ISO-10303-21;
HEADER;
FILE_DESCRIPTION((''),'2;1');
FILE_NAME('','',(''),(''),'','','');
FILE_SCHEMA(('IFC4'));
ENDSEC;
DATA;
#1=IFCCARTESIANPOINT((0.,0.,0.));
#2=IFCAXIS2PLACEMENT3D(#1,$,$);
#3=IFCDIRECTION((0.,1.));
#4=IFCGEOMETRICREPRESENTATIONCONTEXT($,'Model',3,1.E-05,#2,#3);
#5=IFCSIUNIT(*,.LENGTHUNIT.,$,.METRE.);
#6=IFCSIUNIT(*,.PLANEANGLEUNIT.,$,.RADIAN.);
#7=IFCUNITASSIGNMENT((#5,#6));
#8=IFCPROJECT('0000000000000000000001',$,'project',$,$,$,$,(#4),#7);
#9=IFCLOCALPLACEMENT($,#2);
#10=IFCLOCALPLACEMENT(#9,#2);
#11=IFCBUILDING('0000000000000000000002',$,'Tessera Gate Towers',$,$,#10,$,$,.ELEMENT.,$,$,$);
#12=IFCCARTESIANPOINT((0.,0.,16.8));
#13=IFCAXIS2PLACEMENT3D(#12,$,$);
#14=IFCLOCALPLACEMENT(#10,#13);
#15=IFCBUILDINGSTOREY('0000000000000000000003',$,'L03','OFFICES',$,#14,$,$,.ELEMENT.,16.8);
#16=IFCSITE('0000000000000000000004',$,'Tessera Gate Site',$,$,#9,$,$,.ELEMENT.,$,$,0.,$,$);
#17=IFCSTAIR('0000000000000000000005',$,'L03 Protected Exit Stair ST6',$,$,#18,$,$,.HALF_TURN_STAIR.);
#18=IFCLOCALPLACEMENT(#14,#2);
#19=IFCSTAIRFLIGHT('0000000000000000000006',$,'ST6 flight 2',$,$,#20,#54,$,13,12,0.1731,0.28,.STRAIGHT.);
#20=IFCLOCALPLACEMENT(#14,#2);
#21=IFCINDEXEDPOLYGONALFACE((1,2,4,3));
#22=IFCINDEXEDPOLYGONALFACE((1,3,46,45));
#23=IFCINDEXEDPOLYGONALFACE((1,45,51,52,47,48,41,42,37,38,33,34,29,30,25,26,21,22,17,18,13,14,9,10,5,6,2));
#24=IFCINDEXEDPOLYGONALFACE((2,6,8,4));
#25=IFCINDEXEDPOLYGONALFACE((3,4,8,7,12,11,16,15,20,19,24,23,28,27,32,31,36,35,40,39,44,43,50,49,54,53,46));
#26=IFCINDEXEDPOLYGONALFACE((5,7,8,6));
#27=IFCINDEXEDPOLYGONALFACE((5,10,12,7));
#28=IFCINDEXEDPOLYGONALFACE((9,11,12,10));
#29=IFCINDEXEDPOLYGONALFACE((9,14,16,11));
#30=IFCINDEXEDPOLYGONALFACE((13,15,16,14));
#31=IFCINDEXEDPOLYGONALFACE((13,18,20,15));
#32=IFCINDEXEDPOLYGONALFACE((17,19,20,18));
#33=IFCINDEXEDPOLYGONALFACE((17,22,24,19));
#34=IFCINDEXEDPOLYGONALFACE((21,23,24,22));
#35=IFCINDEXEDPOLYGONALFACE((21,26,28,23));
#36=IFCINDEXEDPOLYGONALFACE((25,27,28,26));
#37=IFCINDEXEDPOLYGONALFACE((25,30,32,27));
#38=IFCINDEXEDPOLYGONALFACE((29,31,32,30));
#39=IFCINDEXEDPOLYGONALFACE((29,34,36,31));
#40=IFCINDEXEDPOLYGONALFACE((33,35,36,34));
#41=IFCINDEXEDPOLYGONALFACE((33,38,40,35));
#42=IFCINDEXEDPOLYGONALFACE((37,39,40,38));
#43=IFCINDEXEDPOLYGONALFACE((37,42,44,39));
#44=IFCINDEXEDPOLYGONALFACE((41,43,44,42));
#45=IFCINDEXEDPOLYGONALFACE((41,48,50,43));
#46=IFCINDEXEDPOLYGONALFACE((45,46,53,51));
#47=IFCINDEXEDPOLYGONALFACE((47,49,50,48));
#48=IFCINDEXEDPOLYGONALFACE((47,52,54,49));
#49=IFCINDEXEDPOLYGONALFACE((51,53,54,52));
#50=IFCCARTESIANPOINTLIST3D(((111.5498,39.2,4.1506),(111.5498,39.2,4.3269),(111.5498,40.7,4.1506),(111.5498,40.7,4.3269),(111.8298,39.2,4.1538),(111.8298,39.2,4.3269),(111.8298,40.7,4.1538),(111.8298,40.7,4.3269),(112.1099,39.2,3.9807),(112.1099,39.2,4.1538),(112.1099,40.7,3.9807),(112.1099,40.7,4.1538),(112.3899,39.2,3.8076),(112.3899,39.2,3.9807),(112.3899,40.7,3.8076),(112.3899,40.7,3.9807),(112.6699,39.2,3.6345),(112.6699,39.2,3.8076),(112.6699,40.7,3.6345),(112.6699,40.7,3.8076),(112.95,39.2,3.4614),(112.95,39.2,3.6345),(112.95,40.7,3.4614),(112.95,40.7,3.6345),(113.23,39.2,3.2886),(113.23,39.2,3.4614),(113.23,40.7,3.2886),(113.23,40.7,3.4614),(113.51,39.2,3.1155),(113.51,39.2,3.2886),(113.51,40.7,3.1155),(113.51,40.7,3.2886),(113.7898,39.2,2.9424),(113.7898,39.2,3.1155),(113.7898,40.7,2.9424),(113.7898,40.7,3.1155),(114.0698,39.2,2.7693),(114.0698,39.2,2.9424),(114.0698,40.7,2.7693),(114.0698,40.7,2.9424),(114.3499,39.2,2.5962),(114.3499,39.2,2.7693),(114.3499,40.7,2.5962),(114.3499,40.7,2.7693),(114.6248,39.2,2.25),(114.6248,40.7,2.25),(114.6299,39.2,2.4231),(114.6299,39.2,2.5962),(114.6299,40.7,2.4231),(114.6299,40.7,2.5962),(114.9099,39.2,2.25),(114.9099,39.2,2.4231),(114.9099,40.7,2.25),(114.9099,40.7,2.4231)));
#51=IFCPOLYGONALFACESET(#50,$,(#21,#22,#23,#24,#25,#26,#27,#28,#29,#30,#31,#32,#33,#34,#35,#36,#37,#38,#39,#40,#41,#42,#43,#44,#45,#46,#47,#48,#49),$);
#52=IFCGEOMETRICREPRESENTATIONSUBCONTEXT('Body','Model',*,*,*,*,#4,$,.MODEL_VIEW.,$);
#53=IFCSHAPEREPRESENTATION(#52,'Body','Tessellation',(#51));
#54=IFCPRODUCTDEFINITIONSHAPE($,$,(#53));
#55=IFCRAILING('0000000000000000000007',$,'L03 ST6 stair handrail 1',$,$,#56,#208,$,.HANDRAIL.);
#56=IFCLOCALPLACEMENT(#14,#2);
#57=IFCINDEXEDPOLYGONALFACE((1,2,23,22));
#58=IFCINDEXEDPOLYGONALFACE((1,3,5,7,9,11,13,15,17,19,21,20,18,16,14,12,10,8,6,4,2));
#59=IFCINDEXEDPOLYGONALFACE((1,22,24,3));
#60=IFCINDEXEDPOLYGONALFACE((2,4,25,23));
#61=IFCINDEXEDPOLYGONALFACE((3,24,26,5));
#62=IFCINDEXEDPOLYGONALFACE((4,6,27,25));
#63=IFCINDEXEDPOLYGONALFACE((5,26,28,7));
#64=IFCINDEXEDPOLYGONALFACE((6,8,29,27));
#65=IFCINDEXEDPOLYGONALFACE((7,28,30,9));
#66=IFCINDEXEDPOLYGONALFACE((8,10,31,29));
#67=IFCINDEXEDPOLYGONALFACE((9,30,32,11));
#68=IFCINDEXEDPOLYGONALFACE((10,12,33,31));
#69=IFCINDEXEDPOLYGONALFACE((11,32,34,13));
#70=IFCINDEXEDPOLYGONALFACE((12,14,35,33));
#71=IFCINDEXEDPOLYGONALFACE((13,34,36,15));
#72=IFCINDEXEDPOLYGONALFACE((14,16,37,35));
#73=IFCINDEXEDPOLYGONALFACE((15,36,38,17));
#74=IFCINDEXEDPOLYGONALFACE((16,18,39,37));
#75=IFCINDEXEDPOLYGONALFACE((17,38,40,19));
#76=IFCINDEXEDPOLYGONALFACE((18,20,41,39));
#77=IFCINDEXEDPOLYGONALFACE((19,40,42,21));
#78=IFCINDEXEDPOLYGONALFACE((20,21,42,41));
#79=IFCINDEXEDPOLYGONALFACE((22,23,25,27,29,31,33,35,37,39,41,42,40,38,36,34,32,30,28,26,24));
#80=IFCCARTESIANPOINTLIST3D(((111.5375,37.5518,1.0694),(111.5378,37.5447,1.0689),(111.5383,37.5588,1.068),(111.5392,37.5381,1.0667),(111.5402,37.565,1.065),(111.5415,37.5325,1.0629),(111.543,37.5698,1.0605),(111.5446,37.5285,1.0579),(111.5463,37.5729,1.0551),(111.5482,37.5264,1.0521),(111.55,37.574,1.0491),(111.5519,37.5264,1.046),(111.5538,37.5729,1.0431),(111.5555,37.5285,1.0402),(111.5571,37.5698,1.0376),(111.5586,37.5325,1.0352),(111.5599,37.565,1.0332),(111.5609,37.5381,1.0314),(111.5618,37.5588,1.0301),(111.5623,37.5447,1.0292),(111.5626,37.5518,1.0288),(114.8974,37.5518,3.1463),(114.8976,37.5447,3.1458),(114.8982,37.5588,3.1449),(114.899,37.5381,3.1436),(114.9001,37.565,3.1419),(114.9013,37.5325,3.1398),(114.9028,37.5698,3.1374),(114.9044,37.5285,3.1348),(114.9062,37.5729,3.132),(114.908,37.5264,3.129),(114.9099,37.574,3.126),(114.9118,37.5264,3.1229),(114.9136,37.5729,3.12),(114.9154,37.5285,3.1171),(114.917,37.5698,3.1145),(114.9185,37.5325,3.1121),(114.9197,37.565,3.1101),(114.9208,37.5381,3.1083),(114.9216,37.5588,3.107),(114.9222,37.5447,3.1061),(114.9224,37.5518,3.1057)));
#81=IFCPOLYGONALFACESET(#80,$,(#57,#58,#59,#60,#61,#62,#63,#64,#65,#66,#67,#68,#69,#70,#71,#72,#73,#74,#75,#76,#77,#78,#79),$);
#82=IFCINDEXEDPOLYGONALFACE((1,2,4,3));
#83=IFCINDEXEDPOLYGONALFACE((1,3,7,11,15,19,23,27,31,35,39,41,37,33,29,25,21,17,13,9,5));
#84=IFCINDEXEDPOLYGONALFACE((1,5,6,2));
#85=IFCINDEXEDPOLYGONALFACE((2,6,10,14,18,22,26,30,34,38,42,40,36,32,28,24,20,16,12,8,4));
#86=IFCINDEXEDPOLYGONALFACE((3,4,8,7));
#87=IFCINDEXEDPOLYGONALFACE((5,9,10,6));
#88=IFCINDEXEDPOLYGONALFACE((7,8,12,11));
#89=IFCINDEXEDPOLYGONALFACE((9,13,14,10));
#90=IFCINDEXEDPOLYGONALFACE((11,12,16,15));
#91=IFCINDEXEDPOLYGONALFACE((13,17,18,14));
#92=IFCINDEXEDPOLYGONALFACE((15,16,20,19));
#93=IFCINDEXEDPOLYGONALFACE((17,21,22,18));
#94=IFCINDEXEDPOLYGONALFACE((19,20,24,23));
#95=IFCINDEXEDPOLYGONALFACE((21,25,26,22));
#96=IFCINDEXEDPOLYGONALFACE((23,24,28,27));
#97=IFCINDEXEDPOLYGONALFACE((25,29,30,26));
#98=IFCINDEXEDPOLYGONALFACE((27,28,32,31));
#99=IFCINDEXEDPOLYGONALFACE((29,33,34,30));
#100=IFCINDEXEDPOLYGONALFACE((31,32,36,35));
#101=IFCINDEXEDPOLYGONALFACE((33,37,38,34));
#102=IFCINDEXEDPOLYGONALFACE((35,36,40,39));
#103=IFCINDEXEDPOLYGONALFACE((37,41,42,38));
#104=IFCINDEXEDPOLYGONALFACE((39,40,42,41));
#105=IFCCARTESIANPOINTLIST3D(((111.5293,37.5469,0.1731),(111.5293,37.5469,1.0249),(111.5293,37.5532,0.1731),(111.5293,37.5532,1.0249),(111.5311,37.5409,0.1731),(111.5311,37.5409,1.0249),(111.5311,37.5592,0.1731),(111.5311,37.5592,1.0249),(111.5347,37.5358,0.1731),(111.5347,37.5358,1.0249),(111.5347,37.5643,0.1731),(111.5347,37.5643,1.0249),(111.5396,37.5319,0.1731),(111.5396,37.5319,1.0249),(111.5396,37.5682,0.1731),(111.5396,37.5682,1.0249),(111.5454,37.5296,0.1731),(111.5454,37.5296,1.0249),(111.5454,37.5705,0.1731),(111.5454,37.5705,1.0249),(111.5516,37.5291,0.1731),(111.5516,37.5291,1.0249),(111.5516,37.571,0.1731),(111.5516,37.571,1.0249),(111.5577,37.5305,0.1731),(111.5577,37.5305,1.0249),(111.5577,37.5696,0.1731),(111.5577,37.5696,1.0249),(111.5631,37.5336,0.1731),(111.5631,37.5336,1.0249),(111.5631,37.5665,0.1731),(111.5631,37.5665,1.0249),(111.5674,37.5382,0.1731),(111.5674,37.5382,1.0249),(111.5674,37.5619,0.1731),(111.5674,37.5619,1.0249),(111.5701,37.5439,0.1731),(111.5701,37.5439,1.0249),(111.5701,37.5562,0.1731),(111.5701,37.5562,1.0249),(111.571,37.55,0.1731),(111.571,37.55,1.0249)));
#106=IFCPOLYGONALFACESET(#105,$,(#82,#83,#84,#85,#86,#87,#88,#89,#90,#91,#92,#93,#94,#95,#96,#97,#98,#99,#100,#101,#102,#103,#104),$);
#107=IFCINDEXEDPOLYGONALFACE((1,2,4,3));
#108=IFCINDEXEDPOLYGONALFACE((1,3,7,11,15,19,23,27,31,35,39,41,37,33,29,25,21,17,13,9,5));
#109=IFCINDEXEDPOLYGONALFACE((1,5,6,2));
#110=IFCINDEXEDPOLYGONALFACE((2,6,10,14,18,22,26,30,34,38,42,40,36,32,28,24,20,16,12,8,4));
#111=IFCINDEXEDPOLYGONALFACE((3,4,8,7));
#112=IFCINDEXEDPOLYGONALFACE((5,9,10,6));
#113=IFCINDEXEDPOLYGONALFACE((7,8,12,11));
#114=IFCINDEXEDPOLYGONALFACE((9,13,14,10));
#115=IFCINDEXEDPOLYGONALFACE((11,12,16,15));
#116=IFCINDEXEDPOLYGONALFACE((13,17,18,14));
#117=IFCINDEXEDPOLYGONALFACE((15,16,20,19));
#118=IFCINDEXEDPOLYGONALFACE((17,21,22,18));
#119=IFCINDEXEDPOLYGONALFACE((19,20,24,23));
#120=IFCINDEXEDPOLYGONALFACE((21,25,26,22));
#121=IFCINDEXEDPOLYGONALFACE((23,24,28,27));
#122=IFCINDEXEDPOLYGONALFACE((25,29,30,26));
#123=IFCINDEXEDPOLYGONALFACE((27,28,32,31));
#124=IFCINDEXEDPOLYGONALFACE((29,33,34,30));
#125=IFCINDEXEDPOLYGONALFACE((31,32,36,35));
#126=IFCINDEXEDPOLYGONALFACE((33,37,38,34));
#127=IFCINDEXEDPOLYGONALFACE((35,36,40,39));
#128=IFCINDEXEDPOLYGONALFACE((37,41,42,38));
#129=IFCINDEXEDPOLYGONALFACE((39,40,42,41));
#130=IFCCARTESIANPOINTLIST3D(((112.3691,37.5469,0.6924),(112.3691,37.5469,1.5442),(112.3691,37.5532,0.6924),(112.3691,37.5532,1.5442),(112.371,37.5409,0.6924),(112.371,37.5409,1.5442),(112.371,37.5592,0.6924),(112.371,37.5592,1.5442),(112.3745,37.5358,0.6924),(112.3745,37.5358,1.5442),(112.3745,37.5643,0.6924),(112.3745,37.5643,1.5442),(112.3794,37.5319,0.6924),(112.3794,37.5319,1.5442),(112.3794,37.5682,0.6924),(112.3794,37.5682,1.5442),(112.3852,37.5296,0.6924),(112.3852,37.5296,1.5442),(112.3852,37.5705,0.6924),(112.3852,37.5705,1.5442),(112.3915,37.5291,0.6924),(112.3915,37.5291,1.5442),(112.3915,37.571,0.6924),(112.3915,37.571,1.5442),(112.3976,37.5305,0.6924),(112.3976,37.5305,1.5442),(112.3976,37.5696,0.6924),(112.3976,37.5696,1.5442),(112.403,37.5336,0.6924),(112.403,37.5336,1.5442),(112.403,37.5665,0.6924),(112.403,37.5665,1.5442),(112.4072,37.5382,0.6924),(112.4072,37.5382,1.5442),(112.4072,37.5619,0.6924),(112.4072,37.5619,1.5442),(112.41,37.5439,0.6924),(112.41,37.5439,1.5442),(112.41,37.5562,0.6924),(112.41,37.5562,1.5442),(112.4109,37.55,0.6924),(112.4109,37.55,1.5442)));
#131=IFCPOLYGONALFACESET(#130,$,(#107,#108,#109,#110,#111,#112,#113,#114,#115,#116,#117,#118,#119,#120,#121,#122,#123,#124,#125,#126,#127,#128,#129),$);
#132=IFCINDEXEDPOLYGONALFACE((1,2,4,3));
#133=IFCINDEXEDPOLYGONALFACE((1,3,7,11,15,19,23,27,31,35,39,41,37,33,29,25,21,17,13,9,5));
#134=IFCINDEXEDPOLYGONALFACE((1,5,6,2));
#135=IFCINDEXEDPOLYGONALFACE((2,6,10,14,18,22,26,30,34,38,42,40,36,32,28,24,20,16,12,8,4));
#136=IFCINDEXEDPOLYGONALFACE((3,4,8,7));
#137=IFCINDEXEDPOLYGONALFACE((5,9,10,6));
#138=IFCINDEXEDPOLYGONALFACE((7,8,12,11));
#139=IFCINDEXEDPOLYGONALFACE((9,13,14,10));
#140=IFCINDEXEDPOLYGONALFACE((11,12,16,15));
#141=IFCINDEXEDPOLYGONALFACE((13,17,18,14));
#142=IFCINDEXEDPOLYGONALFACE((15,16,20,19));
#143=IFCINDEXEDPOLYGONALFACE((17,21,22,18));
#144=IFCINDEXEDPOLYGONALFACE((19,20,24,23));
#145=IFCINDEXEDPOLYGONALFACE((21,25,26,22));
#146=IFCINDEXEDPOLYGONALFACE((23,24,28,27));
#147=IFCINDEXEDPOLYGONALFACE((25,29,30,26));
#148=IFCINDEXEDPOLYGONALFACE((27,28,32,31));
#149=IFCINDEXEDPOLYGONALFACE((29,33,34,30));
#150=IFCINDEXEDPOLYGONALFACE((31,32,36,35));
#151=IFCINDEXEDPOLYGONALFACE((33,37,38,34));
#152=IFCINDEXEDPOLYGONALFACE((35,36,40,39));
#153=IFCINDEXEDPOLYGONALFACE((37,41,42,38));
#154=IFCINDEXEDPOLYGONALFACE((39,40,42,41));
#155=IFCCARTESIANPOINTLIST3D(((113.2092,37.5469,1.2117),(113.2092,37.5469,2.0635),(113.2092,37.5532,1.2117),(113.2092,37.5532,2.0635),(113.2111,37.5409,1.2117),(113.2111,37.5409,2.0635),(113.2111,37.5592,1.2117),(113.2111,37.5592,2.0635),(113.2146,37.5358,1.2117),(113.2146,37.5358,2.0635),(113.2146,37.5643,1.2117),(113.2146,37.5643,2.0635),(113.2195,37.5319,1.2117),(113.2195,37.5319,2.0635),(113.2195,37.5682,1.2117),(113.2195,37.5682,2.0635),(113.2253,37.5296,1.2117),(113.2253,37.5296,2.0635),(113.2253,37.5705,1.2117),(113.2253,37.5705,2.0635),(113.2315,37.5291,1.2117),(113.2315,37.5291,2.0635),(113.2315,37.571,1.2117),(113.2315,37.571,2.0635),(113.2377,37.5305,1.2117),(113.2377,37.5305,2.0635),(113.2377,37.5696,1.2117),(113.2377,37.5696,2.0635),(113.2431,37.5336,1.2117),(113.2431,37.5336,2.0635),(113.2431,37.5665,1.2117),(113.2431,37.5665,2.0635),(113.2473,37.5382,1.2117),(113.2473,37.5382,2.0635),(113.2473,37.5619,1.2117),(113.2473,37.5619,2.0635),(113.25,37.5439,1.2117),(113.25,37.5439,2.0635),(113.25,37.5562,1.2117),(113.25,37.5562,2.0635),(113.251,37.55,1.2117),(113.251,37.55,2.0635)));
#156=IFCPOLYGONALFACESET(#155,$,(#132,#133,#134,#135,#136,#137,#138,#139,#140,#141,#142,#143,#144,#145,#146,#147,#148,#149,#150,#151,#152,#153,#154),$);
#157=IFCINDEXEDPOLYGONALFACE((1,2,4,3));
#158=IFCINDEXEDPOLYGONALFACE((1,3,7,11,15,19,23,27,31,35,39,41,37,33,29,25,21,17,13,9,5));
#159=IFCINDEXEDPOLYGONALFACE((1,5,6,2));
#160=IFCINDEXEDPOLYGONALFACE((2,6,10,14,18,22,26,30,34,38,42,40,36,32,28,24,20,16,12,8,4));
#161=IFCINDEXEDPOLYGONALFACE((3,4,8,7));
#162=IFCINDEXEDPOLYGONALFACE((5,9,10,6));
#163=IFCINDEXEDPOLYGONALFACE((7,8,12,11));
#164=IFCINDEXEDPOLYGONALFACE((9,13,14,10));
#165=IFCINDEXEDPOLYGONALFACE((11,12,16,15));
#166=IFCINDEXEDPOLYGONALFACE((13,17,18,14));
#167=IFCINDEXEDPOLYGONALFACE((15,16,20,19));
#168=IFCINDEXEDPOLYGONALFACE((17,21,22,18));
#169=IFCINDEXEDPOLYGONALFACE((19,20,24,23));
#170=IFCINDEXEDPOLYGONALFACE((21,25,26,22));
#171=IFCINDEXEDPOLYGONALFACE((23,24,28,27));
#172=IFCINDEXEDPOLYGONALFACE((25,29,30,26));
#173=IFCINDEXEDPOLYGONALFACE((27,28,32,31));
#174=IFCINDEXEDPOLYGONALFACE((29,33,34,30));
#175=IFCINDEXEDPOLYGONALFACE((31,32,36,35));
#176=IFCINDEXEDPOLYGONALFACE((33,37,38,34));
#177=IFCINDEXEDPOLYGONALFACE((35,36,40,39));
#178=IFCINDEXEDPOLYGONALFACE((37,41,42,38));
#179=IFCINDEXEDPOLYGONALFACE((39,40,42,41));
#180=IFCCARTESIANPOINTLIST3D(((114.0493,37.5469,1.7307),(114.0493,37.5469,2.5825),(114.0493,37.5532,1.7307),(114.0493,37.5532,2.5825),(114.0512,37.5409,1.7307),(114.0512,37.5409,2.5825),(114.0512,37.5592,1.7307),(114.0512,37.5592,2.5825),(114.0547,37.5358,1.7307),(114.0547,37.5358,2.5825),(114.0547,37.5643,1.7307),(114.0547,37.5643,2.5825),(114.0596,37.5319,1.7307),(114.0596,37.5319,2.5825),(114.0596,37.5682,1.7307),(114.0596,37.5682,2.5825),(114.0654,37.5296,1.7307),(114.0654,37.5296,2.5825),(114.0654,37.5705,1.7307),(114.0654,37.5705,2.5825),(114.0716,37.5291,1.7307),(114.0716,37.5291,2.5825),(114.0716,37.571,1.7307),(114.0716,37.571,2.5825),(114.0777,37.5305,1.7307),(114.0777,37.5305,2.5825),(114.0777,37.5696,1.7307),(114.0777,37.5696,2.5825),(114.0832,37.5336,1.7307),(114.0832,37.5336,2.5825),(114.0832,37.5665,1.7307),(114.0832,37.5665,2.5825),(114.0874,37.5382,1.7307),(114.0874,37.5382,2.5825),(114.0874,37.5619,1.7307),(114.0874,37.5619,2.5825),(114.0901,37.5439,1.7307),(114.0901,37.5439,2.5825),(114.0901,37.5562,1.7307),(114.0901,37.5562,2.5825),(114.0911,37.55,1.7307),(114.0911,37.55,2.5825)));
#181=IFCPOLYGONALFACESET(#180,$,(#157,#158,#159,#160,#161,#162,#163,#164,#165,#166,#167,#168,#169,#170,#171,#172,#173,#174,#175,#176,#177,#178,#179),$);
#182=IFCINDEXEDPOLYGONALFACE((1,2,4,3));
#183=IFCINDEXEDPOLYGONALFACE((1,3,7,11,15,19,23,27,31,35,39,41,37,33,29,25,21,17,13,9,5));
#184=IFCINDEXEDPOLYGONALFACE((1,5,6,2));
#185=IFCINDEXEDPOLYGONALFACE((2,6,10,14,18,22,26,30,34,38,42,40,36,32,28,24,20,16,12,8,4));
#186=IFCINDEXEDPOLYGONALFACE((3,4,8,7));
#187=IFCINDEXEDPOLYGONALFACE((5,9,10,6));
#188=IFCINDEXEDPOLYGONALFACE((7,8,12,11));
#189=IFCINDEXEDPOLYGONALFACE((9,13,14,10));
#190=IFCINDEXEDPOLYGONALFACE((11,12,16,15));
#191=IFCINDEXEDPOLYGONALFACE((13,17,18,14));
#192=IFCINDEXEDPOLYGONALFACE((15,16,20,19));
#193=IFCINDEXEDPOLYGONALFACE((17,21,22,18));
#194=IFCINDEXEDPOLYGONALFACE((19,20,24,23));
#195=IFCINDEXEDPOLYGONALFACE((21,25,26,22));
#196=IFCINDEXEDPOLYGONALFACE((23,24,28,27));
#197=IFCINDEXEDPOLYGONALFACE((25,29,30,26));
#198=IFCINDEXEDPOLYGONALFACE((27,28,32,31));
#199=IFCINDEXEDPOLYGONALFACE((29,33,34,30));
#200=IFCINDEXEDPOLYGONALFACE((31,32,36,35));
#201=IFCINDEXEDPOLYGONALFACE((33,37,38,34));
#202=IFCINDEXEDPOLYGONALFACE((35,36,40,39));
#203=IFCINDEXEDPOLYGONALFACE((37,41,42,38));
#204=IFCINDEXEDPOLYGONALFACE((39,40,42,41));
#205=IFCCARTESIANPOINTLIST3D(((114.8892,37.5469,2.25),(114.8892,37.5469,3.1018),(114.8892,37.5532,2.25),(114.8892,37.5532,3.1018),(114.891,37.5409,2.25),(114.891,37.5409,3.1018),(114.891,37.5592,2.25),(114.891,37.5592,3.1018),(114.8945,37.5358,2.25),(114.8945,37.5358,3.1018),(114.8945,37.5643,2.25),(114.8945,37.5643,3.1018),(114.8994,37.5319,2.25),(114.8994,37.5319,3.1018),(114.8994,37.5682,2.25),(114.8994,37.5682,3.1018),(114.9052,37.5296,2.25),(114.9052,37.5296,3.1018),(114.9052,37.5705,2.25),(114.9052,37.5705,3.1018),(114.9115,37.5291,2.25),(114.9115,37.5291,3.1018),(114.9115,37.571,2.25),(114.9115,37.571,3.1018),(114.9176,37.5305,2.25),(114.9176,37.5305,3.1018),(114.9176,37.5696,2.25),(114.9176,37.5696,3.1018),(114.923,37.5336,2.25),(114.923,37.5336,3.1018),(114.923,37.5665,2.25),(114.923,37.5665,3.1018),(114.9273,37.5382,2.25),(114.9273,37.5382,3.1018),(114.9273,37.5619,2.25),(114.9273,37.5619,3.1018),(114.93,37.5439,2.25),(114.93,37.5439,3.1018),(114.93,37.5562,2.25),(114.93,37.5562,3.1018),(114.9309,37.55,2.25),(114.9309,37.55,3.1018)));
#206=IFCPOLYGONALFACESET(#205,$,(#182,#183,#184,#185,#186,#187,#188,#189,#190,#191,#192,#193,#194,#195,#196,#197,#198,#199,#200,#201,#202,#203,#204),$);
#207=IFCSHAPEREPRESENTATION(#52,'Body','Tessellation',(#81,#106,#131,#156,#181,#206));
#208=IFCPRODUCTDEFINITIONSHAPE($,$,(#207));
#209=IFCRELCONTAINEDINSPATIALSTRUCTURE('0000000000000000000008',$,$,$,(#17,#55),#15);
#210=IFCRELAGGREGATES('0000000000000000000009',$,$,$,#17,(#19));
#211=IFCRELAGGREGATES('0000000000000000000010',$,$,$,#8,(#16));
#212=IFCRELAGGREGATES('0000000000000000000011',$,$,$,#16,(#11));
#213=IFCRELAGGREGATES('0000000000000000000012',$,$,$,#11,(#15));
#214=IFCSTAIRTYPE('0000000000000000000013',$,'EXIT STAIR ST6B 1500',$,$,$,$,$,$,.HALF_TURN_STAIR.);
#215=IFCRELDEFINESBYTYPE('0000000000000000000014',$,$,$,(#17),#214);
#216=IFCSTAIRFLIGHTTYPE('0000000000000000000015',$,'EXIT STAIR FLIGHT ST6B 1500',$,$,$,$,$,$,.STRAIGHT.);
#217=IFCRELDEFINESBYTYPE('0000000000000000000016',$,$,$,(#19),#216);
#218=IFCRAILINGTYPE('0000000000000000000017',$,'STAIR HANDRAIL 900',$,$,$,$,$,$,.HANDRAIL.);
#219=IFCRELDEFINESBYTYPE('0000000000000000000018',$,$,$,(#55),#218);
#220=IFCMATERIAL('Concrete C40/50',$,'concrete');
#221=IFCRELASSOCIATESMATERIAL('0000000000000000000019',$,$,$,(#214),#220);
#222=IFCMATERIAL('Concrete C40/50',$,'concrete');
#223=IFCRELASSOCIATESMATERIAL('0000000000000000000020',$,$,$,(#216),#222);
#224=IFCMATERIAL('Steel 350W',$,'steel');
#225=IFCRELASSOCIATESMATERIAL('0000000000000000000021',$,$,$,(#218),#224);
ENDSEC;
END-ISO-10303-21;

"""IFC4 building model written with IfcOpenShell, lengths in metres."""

from ifc_helpers import new_model, si_unit, direction, frame, origin, origin_2d, place, context, subcontext, project, spatial, polyline, circle, outline, extrude, material, type_object, element, aggregate, save


model = new_model("IFC4")

# Units and contexts
model_context = context("Model", 3, precision=1e-05, world=origin(), true_north=direction((0.0, 1.0)))
body_context = subcontext(model_context, "Body", "Model", "MODEL_VIEW")
ifc_project = project(units=[si_unit("LENGTHUNIT", "METRE"), si_unit("PLANEANGLEUNIT", "RADIAN")], contexts=[model_context])

# Site, building, storey
site_placement = place(None, origin())
site = spatial("IfcSite", under=ifc_project, at=site_placement, Name="Tessera Gate Site", CompositionType="ELEMENT", RefElevation=0.0)
building_placement = place(site_placement, origin())
building = spatial("IfcBuilding", under=site, at=building_placement, Name="Tessera Gate Towers", CompositionType="ELEMENT")
storey_placement = place(building_placement, frame((0.0, 0.0, 16.8)))
storey = spatial("IfcBuildingStorey", under=building, at=storey_placement, Name="L03", Description="OFFICES", CompositionType="ELEMENT", Elevation=16.8)

# Stair, stair flight
ifc_material_1 = material(Name="Concrete C40/50", Category="concrete")
stair_type = type_object("IfcStairType", Name="EXIT STAIR ST6B 1500", PredefinedType="HALF_TURN_STAIR", material=ifc_material_1)
stair_placement = place(storey_placement, origin())
stair = element("IfcStair", 1, at=stair_placement, inside=storey, type_object=stair_type, Name="L03 Protected Exit Stair ST6", PredefinedType="HALF_TURN_STAIR")
ifc_material_2 = material(Name="Concrete C40/50", Category="concrete")
stair_flight_type = type_object("IfcStairFlightType", Name="EXIT STAIR FLIGHT ST6B 1500", PredefinedType="STRAIGHT", material=ifc_material_2)
stair_flight_1_placement = place(storey_placement, frame((114.9099, 39.95, 2.25), z_axis=(0.0, 0.0, 1.0), x_axis=(-1.0, 0.0, 0.0)))
stair_flight_1 = element("IfcStairFlight", 2, at=stair_flight_1_placement, type_object=stair_flight_type, Name="ST6 flight 2", NumberOfRisers=13, NumberOfTreads=12, PredefinedType="STRAIGHT", RiserHeight=0.1731, TreadLength=0.28, context=body_context, shape_type="SweptSolid", body=[
    extrude(outline(polyline([(0.0, 0.0), (0.0, 0.1731), (0.28, 0.1731), (0.28, 0.3462), (0.5601, 0.3462), (0.5601, 0.5193), (0.8401, 0.5193), (0.8401, 0.6924), (1.1201, 0.6924), (1.1201, 0.8655), (1.3999, 0.8655), (1.3999, 1.0386), (1.6799, 1.0386), (1.6799, 1.2114), (1.96, 1.2114), (1.96, 1.3845), (2.24, 1.3845), (2.24, 1.5576), (2.52, 1.5576), (2.52, 1.7307), (2.8, 1.7307), (2.8, 1.9038), (3.0801, 1.9038), (3.0801, 2.0769), (3.3601, 2.0769), (3.3601, 2.25), (3.3601, 1.9006), (0.2852, 0.0), (0.0, 0.0)])), frame((0.0, 0.75, 0.0), z_axis=(0.0, -1.0, 0.0), x_axis=(1.0, 0.0, 0.0)), (0.0, 0.0, 1.0), 1.5),
])
aggregate(stair, [stair_flight_1])

# Railing
ifc_material_3 = material(Name="Steel 350W", Category="steel")
railing_type_1 = type_object("IfcRailingType", Name="STAIR HANDRAIL 900", PredefinedType="HANDRAIL", material=ifc_material_3)
railing_1_placement = place(storey_placement, frame((111.55, 37.55, 0.1731)))
element("IfcRailing", 3, at=railing_1_placement, inside=storey, type_object=railing_type_1, Name="L03 ST6 stair handrail 1", PredefinedType="HANDRAIL", context=body_context, shape_type="SweptSolid", body=[
    extrude(circle(Radius=0.0239, at=origin_2d()), frame((0.0, 0.0, 0.876), z_axis=(0.850606, 0.0, 0.525803), x_axis=(0.0, 1.0, 0.0)), (0.0, 0.0, 1.0), 3.95),
    extrude(circle(Radius=0.021, at=origin_2d()), origin(), (0.0, 0.0, 1.0), 0.8518),
    extrude(circle(Radius=0.021, at=origin_2d()), frame((0.8398, 0.0, 0.5193)), (0.0, 0.0, 1.0), 0.8518),
    extrude(circle(Radius=0.021, at=origin_2d()), frame((1.6799, 0.0, 1.0386)), (0.0, 0.0, 1.0), 0.8518),
    extrude(circle(Radius=0.021, at=origin_2d()), frame((2.52, 0.0, 1.5576)), (0.0, 0.0, 1.0), 0.8518),
    extrude(circle(Radius=0.021, at=origin_2d()), frame((3.3599, 0.0, 2.0769)), (0.0, 0.0, 1.0), 0.8518),
])

save(model, "model.ifc")
